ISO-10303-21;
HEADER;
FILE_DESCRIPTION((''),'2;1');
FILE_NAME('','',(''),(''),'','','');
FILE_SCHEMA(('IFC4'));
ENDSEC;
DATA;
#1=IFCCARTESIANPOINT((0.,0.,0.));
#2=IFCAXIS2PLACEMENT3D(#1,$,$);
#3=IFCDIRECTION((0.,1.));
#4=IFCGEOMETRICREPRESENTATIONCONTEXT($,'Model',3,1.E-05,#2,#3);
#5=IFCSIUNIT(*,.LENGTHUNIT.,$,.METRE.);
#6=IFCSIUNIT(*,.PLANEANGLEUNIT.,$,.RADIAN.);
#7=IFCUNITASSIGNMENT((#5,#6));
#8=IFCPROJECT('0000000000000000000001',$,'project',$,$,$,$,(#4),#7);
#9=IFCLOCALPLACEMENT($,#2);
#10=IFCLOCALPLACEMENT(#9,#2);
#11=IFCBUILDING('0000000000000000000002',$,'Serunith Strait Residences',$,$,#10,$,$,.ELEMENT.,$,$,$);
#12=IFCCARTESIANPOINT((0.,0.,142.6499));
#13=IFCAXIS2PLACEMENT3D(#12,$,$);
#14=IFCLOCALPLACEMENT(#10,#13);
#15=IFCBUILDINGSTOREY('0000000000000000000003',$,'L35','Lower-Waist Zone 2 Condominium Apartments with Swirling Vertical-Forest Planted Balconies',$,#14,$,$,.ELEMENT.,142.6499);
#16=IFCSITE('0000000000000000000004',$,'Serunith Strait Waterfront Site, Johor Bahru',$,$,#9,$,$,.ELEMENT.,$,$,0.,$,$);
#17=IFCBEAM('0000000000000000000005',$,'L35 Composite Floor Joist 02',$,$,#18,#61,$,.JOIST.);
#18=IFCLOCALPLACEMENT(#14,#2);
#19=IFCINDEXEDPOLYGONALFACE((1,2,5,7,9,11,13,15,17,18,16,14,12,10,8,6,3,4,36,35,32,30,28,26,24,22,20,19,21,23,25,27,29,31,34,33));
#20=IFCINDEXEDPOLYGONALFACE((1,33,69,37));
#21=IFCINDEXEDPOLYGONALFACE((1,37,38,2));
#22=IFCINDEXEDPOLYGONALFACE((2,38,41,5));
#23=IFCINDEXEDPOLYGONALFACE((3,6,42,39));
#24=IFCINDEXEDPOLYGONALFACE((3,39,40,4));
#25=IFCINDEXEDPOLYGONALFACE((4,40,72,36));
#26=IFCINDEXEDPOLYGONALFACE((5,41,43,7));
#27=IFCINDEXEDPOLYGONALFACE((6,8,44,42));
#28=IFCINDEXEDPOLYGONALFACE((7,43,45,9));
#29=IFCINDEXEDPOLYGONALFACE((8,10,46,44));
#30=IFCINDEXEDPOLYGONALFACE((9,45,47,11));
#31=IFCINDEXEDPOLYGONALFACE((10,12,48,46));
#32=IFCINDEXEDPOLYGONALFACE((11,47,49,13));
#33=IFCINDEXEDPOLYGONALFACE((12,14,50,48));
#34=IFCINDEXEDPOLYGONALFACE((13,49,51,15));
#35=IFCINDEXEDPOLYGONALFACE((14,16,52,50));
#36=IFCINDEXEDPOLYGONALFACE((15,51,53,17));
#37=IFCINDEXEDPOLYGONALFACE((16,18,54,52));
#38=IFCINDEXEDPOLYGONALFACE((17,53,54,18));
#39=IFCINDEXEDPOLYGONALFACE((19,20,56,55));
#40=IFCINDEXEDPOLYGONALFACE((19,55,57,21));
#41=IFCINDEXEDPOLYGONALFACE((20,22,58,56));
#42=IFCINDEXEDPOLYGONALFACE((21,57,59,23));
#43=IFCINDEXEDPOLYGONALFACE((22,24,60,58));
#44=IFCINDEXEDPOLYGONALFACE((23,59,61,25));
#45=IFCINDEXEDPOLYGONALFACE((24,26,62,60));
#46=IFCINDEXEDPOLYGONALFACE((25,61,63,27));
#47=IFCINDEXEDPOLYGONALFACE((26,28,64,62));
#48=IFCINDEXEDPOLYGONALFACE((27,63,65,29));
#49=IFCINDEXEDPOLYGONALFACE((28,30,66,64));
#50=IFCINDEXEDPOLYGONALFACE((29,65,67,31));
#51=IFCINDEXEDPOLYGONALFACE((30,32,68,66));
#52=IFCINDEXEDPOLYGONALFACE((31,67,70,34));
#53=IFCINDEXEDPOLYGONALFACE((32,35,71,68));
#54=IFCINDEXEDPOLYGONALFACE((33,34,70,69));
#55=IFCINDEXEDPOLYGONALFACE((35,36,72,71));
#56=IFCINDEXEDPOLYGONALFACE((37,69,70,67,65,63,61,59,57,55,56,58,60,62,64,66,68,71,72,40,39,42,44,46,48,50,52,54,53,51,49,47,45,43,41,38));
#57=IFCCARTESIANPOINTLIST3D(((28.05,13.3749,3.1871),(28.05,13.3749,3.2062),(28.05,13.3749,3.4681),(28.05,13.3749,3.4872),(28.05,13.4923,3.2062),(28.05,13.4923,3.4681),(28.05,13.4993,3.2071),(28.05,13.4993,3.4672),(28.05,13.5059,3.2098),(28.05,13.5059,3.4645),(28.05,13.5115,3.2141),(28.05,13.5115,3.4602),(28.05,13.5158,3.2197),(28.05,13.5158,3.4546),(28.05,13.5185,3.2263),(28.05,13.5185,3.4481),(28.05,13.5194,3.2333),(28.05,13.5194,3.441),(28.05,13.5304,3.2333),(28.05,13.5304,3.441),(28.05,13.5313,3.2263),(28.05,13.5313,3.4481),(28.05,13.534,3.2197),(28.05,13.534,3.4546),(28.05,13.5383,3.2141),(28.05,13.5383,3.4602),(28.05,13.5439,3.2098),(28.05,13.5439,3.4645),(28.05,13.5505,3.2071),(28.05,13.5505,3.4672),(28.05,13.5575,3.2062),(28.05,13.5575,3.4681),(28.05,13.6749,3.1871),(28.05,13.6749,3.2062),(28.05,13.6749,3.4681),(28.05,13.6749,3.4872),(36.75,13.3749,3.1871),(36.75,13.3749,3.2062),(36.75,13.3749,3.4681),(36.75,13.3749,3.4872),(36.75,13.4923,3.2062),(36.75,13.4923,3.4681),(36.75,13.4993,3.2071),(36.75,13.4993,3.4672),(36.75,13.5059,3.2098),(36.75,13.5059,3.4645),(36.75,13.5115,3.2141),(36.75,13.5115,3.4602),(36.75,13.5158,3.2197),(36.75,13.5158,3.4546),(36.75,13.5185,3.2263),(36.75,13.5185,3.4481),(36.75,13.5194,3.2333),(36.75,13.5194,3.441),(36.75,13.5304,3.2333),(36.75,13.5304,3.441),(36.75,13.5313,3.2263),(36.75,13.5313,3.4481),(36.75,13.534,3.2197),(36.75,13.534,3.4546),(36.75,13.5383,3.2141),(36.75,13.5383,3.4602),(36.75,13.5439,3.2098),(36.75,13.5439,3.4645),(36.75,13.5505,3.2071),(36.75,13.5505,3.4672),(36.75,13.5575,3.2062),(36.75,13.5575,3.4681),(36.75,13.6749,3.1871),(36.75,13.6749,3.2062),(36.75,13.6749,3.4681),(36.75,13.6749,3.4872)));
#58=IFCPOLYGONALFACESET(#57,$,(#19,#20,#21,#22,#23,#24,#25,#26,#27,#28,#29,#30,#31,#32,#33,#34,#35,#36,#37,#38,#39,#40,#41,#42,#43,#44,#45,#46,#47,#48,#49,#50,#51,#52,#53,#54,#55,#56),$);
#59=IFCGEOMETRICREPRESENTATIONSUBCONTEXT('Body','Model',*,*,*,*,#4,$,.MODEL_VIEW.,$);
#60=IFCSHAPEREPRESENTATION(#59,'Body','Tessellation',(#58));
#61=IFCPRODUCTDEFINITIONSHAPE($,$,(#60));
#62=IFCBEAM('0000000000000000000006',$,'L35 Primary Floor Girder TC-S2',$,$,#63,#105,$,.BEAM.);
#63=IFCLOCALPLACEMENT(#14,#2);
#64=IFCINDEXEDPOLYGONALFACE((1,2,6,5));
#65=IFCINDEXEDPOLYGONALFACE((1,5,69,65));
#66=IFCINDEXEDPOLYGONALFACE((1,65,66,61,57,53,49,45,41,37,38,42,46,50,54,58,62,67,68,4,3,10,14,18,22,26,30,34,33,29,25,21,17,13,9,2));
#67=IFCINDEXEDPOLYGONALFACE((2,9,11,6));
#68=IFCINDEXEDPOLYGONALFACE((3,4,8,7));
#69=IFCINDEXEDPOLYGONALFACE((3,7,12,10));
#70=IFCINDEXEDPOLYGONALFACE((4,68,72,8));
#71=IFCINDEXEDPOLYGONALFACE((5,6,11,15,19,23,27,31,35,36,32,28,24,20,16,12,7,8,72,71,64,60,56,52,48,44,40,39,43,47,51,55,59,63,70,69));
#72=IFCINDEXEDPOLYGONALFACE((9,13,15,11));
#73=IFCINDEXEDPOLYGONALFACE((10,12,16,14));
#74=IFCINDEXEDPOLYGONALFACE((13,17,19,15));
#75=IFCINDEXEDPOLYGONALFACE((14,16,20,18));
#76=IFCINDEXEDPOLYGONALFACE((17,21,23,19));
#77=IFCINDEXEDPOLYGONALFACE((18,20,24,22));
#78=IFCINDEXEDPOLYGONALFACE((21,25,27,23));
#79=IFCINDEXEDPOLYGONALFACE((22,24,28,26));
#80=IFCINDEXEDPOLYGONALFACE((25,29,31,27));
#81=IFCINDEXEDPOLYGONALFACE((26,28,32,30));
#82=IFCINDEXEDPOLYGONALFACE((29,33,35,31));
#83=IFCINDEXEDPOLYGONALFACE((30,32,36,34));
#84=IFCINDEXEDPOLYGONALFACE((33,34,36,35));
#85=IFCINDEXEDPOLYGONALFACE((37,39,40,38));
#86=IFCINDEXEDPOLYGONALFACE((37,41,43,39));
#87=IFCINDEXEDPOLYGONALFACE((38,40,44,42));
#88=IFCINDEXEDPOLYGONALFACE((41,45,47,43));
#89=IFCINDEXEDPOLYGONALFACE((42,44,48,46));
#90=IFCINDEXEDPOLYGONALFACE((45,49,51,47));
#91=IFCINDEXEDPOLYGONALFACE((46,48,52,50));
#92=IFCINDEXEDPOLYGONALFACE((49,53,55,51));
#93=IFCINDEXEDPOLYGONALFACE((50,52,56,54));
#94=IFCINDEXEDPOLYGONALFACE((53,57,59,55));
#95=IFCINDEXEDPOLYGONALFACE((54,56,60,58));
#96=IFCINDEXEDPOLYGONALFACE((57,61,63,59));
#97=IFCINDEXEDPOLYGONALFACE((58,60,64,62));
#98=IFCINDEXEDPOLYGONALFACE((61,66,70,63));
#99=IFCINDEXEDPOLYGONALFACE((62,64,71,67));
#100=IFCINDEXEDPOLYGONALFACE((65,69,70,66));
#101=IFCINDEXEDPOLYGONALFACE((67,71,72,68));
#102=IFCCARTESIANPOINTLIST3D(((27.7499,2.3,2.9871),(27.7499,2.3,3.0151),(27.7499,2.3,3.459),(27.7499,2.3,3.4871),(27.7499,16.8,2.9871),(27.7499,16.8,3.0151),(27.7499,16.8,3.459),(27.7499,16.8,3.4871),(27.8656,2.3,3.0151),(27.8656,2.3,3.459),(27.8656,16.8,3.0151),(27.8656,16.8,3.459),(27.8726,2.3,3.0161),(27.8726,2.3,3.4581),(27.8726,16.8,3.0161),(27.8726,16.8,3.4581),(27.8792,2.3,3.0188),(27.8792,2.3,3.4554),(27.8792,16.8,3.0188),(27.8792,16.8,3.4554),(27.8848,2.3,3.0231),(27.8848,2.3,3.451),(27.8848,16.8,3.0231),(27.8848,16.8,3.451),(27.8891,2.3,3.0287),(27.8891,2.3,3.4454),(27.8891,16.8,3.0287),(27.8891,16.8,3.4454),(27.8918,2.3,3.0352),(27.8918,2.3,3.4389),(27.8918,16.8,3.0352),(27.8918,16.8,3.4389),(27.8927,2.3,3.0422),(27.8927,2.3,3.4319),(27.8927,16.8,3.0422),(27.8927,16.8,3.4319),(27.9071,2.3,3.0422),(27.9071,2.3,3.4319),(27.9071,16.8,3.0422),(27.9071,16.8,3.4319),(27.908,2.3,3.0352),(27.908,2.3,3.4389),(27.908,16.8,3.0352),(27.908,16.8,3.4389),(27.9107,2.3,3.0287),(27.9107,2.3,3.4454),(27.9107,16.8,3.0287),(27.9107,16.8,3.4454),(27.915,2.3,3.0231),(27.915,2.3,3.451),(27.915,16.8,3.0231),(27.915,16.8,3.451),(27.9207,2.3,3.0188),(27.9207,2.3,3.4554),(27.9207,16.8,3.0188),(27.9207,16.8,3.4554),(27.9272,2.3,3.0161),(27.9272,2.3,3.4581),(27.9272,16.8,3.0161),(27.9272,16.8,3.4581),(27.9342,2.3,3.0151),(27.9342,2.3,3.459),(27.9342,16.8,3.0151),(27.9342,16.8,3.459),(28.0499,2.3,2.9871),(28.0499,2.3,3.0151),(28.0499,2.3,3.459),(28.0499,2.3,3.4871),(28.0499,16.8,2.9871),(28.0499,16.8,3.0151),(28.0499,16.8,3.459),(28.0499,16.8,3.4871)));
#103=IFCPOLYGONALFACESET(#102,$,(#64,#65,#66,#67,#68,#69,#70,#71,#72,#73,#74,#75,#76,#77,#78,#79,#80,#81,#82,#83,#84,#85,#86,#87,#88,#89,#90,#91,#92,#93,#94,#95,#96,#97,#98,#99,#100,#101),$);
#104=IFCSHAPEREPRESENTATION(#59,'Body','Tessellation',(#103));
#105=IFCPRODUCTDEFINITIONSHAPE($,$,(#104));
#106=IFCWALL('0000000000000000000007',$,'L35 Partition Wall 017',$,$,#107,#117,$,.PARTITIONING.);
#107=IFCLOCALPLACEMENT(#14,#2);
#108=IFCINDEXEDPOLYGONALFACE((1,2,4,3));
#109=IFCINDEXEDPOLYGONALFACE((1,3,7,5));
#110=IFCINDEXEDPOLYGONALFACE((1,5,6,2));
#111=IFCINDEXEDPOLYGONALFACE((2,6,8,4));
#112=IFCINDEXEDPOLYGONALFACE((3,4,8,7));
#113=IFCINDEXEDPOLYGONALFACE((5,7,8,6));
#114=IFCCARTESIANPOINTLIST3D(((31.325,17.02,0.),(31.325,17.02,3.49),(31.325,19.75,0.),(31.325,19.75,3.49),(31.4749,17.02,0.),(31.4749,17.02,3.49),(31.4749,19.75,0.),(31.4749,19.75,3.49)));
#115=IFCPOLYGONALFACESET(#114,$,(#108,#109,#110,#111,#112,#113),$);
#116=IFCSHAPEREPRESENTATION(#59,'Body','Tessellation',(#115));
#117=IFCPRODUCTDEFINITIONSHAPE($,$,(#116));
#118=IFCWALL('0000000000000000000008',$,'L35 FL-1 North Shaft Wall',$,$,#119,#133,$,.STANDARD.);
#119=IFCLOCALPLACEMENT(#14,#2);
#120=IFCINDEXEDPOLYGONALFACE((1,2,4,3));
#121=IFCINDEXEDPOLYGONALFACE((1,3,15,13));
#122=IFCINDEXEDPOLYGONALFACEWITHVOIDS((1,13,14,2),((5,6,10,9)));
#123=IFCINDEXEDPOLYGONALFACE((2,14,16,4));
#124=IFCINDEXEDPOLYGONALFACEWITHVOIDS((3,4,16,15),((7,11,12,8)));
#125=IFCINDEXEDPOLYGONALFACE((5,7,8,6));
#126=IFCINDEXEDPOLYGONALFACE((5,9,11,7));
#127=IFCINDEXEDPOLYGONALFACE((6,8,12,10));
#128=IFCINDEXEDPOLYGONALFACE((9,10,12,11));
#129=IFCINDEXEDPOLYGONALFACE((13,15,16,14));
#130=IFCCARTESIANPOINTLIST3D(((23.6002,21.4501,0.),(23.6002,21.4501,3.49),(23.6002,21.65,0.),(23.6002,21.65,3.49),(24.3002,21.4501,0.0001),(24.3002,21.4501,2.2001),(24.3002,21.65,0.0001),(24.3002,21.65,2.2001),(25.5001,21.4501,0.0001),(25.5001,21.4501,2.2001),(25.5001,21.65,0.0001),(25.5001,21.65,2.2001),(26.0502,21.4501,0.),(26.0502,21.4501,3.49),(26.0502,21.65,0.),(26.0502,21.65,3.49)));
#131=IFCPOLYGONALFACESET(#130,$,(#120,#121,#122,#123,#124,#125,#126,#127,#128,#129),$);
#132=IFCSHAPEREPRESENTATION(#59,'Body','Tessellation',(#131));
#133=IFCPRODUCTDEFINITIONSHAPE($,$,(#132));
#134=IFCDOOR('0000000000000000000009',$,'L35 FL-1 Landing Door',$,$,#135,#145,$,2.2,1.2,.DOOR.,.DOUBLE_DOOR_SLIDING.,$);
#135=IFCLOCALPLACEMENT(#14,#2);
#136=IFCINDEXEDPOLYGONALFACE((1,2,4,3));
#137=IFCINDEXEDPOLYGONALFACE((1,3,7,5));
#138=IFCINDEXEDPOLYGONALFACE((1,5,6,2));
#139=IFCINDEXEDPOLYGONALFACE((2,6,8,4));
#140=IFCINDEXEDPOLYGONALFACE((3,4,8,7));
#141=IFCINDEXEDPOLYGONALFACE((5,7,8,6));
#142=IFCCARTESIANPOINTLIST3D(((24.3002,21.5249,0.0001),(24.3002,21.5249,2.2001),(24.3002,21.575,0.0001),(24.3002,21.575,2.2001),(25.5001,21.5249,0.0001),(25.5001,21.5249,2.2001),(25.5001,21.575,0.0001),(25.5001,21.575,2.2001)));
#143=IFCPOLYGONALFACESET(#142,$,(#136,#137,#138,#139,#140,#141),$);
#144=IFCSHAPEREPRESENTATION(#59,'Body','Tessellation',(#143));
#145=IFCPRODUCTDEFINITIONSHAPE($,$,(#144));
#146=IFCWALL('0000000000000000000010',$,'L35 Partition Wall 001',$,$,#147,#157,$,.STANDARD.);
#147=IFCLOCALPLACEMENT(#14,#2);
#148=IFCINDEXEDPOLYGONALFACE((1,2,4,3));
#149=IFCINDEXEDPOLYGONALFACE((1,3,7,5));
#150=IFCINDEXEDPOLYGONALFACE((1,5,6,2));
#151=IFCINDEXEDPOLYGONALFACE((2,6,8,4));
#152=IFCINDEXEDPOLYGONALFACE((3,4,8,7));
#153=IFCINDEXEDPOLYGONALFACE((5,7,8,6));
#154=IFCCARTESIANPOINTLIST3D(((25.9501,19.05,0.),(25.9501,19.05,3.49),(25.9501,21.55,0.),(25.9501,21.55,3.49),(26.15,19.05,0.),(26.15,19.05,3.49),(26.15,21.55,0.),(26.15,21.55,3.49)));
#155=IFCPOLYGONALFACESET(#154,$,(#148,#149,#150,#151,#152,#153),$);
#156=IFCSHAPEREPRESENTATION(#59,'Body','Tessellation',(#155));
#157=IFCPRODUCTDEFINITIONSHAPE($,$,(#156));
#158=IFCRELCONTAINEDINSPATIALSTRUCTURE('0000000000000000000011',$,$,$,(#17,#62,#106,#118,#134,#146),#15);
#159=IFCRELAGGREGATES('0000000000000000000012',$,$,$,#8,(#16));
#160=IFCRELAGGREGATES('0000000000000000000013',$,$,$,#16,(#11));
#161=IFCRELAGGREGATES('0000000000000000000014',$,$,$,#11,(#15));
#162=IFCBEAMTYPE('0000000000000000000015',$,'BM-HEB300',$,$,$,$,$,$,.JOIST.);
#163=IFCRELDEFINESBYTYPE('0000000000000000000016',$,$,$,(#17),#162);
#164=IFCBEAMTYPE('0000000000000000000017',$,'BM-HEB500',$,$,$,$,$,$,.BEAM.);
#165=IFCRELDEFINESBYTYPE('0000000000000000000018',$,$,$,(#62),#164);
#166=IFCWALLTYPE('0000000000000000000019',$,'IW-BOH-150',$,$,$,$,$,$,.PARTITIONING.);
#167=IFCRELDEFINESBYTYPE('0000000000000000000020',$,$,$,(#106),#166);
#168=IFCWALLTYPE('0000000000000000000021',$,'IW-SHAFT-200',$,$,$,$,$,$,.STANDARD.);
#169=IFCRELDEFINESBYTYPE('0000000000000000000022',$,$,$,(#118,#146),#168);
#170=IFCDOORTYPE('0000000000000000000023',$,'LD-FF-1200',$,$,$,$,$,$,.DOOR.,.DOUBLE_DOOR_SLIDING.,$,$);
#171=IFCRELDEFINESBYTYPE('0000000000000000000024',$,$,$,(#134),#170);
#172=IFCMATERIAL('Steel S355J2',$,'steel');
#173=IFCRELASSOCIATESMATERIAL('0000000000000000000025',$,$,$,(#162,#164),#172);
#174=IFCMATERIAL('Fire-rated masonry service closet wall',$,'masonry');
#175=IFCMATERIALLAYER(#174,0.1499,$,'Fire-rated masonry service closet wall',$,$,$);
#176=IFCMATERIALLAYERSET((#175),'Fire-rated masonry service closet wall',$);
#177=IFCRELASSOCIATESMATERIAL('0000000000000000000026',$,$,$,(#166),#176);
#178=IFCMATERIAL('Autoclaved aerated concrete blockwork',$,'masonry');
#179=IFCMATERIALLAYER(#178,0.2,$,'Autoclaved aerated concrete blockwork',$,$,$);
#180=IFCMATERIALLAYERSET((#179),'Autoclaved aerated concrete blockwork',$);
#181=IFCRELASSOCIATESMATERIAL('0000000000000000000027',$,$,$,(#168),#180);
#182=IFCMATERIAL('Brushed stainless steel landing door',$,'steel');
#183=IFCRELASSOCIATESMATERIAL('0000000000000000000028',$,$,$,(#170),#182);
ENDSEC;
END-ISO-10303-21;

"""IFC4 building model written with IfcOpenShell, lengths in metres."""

from ifc_helpers import new_model, si_unit, direction, frame, frame_2d, origin, origin_2d, place, context, subcontext, project, spatial, rectangle, i_section, extrude, source, transform, mapped, material, layer, layer_set, material_profile, profile_set, type_object, element, fill, save


model = new_model("IFC4")

# Units and contexts
model_context = context("Model", 3, precision=1e-05, world=origin(), true_north=direction((0.0, 1.0)))
body_context = subcontext(model_context, "Body", "Model", "MODEL_VIEW")
ifc_project = project(units=[si_unit("LENGTHUNIT", "METRE"), si_unit("PLANEANGLEUNIT", "RADIAN")], contexts=[model_context])

# Site, building, storey
site_placement = place(None, origin())
site = spatial("IfcSite", under=ifc_project, at=site_placement, Name="Serunith Strait Waterfront Site, Johor Bahru", CompositionType="ELEMENT", RefElevation=0.0)
building_placement = place(site_placement, origin())
building = spatial("IfcBuilding", under=site, at=building_placement, Name="Serunith Strait Residences", CompositionType="ELEMENT")
storey_placement = place(building_placement, frame((0.0, 0.0, 142.6499)))
storey = spatial("IfcBuildingStorey", under=building, at=storey_placement, Name="L35", Description="Lower-Waist Zone 2 Condominium Apartments with Swirling Vertical-Forest Planted Balconies", CompositionType="ELEMENT", Elevation=142.6499)

# Beams
ifc_material_1 = material(Name="Steel S355J2", Category="steel")
ifc_material_profile_1 = material_profile(ifc_material_1, i_section(OverallWidth=0.3, OverallDepth=0.3, WebThickness=0.011, FlangeThickness=0.019, FilletRadius=0.0271, at=origin_2d()), Name="HEB 300")
ifc_profile_set_1 = profile_set([ifc_material_profile_1], Name="Steel S355J2")
beam_type_1 = type_object("IfcBeamType", Name="BM-HEB300", PredefinedType="JOIST", material=ifc_profile_set_1)
shared_shape_1 = source(origin(), body_context, "Body", "SweptSolid", [
    extrude(i_section(OverallWidth=0.3, OverallDepth=0.3, WebThickness=0.011, FlangeThickness=0.019, FilletRadius=0.0271, at=origin_2d()), origin(), (0.0, 0.0, 1.0), 8.7),
])
beam_1_placement = place(storey_placement, frame((28.05, 13.5249, 3.3372), z_axis=(1.0, 0.0, 0.0), x_axis=(0.0, 1.0, 0.0)))
element("IfcBeam", 1, at=beam_1_placement, inside=storey, type_object=beam_type_1, Name="L35 Composite Floor Joist 02", PredefinedType="JOIST", context=body_context, shape_type="MappedRepresentation", body=[
    mapped(shared_shape_1, transform((0.0, 0.0, 0.0), scale=1.0)),
])
ifc_material_profile_2 = material_profile(ifc_material_1, i_section(OverallWidth=0.3, OverallDepth=0.5, WebThickness=0.0144, FlangeThickness=0.0281, FilletRadius=0.0271, at=origin_2d()), Name="HEB 500")
ifc_profile_set_2 = profile_set([ifc_material_profile_2], Name="Steel S355J2")
beam_type_2 = type_object("IfcBeamType", Name="BM-HEB500", PredefinedType="BEAM", material=ifc_profile_set_2)
shared_shape_2 = source(origin(), body_context, "Body", "SweptSolid", [
    extrude(i_section(OverallWidth=0.3, OverallDepth=0.5, WebThickness=0.0144, FlangeThickness=0.0281, FilletRadius=0.0271, at=origin_2d()), origin(), (0.0, 0.0, 1.0), 14.5),
])
beam_2_placement = place(storey_placement, frame((27.8999, 16.8, 3.2371), z_axis=(0.0, -1.0, 0.0), x_axis=(1.0, 0.0, 0.0)))
element("IfcBeam", 2, at=beam_2_placement, inside=storey, type_object=beam_type_2, Name="L35 Primary Floor Girder TC-S2", PredefinedType="BEAM", context=body_context, shape_type="MappedRepresentation", body=[
    mapped(shared_shape_2, transform((0.0, 0.0, 0.0), scale=1.0)),
])

# Wall
ifc_material_2 = material(Name="Fire-rated masonry service closet wall", Category="masonry")
ifc_layer_1 = layer(ifc_material_2, 0.1499, Name="Fire-rated masonry service closet wall")
ifc_layer_set_1 = layer_set([ifc_layer_1], Name="Fire-rated masonry service closet wall")
wall_type_1 = type_object("IfcWallType", Name="IW-BOH-150", PredefinedType="PARTITIONING", material=ifc_layer_set_1)
wall_1_placement = place(storey_placement, frame((31.3999, 17.02, 0.0), z_axis=(0.0, 0.0, 1.0), x_axis=(0.0, 1.0, 0.0)))
element("IfcWall", 3, at=wall_1_placement, inside=storey, type_object=wall_type_1, Name="L35 Partition Wall 017", PredefinedType="PARTITIONING", context=body_context, shape_type="SweptSolid", body=[
    extrude(rectangle(XDim=2.73, YDim=0.1499, at=frame_2d((1.365, 0.0))), origin(), (0.0, 0.0, 1.0), 3.49),
])

# Wall, opening, door
ifc_material_3 = material(Name="Autoclaved aerated concrete blockwork", Category="masonry")
ifc_layer_2 = layer(ifc_material_3, 0.2, Name="Autoclaved aerated concrete blockwork")
ifc_layer_set_2 = layer_set([ifc_layer_2], Name="Autoclaved aerated concrete blockwork")
wall_type_2 = type_object("IfcWallType", Name="IW-SHAFT-200", PredefinedType="STANDARD", material=ifc_layer_set_2)
wall_2_placement = place(storey_placement, frame((23.6001, 21.55, 0.0), z_axis=(0.0, 0.0, 1.0), x_axis=(1.0, 0.0, 0.0)))
wall_2 = element("IfcWall", 4, at=wall_2_placement, inside=storey, type_object=wall_type_2, Name="L35 FL-1 North Shaft Wall", PredefinedType="STANDARD", context=body_context, shape_type="SweptSolid", body=[
    extrude(rectangle(XDim=2.45, YDim=0.2, at=frame_2d((1.2251, 0.0))), origin(), (0.0, 0.0, 1.0), 3.49),
])
opening_1_placement = place(wall_2_placement, frame((0.7, 0.0, 0.0)))
opening_1 = element("IfcOpeningElement", 5, at=opening_1_placement, cuts=wall_2, PredefinedType="OPENING", context=body_context, shape_type="SweptSolid", body=[
    extrude(rectangle(XDim=1.2, YDim=2.2, at=frame_2d((0.6001, 1.1001))), frame((0.0, 0.1099, 0.0), z_axis=(0.0, -1.0, 0.0), x_axis=(1.0, 0.0, 0.0)), (0.0, 0.0, 1.0), 0.22),
])
ifc_material_4 = material(Name="Brushed stainless steel landing door", Category="steel")
door_type_1 = type_object("IfcDoorType", Name="LD-FF-1200", OperationType="DOUBLE_DOOR_SLIDING", PredefinedType="DOOR", material=ifc_material_4)
shared_shape_3 = source(origin(), body_context, "Body", "SweptSolid", [
    extrude(rectangle(XDim=1.2, YDim=2.2, at=frame_2d((0.6001, 1.1001))), frame((0.0, 0.0249, 0.0), z_axis=(0.0, -1.0, 0.0), x_axis=(1.0, 0.0, 0.0)), (0.0, 0.0, 1.0), 0.05),
])
door_1_placement = place(opening_1_placement, origin())
door_1 = element("IfcDoor", 6, at=door_1_placement, inside=storey, type_object=door_type_1, Name="L35 FL-1 Landing Door", OperationType="DOUBLE_DOOR_SLIDING", OverallHeight=2.2, OverallWidth=1.2, PredefinedType="DOOR", context=body_context, shape_type="MappedRepresentation", body=[
    mapped(shared_shape_3, transform((0.0, 0.0, 0.0), scale=1.0)),
])
fill(opening_1, door_1)

# Wall
wall_3_placement = place(storey_placement, frame((26.05, 19.05, 0.0), z_axis=(0.0, 0.0, 1.0), x_axis=(0.0, 1.0, 0.0)))
element("IfcWall", 7, at=wall_3_placement, inside=storey, type_object=wall_type_2, Name="L35 Partition Wall 001", PredefinedType="STANDARD", context=body_context, shape_type="SweptSolid", body=[
    extrude(rectangle(XDim=2.5, YDim=0.2, at=frame_2d((1.25, 0.0))), origin(), (0.0, 0.0, 1.0), 3.49),
])

save(model, "model.ifc")
